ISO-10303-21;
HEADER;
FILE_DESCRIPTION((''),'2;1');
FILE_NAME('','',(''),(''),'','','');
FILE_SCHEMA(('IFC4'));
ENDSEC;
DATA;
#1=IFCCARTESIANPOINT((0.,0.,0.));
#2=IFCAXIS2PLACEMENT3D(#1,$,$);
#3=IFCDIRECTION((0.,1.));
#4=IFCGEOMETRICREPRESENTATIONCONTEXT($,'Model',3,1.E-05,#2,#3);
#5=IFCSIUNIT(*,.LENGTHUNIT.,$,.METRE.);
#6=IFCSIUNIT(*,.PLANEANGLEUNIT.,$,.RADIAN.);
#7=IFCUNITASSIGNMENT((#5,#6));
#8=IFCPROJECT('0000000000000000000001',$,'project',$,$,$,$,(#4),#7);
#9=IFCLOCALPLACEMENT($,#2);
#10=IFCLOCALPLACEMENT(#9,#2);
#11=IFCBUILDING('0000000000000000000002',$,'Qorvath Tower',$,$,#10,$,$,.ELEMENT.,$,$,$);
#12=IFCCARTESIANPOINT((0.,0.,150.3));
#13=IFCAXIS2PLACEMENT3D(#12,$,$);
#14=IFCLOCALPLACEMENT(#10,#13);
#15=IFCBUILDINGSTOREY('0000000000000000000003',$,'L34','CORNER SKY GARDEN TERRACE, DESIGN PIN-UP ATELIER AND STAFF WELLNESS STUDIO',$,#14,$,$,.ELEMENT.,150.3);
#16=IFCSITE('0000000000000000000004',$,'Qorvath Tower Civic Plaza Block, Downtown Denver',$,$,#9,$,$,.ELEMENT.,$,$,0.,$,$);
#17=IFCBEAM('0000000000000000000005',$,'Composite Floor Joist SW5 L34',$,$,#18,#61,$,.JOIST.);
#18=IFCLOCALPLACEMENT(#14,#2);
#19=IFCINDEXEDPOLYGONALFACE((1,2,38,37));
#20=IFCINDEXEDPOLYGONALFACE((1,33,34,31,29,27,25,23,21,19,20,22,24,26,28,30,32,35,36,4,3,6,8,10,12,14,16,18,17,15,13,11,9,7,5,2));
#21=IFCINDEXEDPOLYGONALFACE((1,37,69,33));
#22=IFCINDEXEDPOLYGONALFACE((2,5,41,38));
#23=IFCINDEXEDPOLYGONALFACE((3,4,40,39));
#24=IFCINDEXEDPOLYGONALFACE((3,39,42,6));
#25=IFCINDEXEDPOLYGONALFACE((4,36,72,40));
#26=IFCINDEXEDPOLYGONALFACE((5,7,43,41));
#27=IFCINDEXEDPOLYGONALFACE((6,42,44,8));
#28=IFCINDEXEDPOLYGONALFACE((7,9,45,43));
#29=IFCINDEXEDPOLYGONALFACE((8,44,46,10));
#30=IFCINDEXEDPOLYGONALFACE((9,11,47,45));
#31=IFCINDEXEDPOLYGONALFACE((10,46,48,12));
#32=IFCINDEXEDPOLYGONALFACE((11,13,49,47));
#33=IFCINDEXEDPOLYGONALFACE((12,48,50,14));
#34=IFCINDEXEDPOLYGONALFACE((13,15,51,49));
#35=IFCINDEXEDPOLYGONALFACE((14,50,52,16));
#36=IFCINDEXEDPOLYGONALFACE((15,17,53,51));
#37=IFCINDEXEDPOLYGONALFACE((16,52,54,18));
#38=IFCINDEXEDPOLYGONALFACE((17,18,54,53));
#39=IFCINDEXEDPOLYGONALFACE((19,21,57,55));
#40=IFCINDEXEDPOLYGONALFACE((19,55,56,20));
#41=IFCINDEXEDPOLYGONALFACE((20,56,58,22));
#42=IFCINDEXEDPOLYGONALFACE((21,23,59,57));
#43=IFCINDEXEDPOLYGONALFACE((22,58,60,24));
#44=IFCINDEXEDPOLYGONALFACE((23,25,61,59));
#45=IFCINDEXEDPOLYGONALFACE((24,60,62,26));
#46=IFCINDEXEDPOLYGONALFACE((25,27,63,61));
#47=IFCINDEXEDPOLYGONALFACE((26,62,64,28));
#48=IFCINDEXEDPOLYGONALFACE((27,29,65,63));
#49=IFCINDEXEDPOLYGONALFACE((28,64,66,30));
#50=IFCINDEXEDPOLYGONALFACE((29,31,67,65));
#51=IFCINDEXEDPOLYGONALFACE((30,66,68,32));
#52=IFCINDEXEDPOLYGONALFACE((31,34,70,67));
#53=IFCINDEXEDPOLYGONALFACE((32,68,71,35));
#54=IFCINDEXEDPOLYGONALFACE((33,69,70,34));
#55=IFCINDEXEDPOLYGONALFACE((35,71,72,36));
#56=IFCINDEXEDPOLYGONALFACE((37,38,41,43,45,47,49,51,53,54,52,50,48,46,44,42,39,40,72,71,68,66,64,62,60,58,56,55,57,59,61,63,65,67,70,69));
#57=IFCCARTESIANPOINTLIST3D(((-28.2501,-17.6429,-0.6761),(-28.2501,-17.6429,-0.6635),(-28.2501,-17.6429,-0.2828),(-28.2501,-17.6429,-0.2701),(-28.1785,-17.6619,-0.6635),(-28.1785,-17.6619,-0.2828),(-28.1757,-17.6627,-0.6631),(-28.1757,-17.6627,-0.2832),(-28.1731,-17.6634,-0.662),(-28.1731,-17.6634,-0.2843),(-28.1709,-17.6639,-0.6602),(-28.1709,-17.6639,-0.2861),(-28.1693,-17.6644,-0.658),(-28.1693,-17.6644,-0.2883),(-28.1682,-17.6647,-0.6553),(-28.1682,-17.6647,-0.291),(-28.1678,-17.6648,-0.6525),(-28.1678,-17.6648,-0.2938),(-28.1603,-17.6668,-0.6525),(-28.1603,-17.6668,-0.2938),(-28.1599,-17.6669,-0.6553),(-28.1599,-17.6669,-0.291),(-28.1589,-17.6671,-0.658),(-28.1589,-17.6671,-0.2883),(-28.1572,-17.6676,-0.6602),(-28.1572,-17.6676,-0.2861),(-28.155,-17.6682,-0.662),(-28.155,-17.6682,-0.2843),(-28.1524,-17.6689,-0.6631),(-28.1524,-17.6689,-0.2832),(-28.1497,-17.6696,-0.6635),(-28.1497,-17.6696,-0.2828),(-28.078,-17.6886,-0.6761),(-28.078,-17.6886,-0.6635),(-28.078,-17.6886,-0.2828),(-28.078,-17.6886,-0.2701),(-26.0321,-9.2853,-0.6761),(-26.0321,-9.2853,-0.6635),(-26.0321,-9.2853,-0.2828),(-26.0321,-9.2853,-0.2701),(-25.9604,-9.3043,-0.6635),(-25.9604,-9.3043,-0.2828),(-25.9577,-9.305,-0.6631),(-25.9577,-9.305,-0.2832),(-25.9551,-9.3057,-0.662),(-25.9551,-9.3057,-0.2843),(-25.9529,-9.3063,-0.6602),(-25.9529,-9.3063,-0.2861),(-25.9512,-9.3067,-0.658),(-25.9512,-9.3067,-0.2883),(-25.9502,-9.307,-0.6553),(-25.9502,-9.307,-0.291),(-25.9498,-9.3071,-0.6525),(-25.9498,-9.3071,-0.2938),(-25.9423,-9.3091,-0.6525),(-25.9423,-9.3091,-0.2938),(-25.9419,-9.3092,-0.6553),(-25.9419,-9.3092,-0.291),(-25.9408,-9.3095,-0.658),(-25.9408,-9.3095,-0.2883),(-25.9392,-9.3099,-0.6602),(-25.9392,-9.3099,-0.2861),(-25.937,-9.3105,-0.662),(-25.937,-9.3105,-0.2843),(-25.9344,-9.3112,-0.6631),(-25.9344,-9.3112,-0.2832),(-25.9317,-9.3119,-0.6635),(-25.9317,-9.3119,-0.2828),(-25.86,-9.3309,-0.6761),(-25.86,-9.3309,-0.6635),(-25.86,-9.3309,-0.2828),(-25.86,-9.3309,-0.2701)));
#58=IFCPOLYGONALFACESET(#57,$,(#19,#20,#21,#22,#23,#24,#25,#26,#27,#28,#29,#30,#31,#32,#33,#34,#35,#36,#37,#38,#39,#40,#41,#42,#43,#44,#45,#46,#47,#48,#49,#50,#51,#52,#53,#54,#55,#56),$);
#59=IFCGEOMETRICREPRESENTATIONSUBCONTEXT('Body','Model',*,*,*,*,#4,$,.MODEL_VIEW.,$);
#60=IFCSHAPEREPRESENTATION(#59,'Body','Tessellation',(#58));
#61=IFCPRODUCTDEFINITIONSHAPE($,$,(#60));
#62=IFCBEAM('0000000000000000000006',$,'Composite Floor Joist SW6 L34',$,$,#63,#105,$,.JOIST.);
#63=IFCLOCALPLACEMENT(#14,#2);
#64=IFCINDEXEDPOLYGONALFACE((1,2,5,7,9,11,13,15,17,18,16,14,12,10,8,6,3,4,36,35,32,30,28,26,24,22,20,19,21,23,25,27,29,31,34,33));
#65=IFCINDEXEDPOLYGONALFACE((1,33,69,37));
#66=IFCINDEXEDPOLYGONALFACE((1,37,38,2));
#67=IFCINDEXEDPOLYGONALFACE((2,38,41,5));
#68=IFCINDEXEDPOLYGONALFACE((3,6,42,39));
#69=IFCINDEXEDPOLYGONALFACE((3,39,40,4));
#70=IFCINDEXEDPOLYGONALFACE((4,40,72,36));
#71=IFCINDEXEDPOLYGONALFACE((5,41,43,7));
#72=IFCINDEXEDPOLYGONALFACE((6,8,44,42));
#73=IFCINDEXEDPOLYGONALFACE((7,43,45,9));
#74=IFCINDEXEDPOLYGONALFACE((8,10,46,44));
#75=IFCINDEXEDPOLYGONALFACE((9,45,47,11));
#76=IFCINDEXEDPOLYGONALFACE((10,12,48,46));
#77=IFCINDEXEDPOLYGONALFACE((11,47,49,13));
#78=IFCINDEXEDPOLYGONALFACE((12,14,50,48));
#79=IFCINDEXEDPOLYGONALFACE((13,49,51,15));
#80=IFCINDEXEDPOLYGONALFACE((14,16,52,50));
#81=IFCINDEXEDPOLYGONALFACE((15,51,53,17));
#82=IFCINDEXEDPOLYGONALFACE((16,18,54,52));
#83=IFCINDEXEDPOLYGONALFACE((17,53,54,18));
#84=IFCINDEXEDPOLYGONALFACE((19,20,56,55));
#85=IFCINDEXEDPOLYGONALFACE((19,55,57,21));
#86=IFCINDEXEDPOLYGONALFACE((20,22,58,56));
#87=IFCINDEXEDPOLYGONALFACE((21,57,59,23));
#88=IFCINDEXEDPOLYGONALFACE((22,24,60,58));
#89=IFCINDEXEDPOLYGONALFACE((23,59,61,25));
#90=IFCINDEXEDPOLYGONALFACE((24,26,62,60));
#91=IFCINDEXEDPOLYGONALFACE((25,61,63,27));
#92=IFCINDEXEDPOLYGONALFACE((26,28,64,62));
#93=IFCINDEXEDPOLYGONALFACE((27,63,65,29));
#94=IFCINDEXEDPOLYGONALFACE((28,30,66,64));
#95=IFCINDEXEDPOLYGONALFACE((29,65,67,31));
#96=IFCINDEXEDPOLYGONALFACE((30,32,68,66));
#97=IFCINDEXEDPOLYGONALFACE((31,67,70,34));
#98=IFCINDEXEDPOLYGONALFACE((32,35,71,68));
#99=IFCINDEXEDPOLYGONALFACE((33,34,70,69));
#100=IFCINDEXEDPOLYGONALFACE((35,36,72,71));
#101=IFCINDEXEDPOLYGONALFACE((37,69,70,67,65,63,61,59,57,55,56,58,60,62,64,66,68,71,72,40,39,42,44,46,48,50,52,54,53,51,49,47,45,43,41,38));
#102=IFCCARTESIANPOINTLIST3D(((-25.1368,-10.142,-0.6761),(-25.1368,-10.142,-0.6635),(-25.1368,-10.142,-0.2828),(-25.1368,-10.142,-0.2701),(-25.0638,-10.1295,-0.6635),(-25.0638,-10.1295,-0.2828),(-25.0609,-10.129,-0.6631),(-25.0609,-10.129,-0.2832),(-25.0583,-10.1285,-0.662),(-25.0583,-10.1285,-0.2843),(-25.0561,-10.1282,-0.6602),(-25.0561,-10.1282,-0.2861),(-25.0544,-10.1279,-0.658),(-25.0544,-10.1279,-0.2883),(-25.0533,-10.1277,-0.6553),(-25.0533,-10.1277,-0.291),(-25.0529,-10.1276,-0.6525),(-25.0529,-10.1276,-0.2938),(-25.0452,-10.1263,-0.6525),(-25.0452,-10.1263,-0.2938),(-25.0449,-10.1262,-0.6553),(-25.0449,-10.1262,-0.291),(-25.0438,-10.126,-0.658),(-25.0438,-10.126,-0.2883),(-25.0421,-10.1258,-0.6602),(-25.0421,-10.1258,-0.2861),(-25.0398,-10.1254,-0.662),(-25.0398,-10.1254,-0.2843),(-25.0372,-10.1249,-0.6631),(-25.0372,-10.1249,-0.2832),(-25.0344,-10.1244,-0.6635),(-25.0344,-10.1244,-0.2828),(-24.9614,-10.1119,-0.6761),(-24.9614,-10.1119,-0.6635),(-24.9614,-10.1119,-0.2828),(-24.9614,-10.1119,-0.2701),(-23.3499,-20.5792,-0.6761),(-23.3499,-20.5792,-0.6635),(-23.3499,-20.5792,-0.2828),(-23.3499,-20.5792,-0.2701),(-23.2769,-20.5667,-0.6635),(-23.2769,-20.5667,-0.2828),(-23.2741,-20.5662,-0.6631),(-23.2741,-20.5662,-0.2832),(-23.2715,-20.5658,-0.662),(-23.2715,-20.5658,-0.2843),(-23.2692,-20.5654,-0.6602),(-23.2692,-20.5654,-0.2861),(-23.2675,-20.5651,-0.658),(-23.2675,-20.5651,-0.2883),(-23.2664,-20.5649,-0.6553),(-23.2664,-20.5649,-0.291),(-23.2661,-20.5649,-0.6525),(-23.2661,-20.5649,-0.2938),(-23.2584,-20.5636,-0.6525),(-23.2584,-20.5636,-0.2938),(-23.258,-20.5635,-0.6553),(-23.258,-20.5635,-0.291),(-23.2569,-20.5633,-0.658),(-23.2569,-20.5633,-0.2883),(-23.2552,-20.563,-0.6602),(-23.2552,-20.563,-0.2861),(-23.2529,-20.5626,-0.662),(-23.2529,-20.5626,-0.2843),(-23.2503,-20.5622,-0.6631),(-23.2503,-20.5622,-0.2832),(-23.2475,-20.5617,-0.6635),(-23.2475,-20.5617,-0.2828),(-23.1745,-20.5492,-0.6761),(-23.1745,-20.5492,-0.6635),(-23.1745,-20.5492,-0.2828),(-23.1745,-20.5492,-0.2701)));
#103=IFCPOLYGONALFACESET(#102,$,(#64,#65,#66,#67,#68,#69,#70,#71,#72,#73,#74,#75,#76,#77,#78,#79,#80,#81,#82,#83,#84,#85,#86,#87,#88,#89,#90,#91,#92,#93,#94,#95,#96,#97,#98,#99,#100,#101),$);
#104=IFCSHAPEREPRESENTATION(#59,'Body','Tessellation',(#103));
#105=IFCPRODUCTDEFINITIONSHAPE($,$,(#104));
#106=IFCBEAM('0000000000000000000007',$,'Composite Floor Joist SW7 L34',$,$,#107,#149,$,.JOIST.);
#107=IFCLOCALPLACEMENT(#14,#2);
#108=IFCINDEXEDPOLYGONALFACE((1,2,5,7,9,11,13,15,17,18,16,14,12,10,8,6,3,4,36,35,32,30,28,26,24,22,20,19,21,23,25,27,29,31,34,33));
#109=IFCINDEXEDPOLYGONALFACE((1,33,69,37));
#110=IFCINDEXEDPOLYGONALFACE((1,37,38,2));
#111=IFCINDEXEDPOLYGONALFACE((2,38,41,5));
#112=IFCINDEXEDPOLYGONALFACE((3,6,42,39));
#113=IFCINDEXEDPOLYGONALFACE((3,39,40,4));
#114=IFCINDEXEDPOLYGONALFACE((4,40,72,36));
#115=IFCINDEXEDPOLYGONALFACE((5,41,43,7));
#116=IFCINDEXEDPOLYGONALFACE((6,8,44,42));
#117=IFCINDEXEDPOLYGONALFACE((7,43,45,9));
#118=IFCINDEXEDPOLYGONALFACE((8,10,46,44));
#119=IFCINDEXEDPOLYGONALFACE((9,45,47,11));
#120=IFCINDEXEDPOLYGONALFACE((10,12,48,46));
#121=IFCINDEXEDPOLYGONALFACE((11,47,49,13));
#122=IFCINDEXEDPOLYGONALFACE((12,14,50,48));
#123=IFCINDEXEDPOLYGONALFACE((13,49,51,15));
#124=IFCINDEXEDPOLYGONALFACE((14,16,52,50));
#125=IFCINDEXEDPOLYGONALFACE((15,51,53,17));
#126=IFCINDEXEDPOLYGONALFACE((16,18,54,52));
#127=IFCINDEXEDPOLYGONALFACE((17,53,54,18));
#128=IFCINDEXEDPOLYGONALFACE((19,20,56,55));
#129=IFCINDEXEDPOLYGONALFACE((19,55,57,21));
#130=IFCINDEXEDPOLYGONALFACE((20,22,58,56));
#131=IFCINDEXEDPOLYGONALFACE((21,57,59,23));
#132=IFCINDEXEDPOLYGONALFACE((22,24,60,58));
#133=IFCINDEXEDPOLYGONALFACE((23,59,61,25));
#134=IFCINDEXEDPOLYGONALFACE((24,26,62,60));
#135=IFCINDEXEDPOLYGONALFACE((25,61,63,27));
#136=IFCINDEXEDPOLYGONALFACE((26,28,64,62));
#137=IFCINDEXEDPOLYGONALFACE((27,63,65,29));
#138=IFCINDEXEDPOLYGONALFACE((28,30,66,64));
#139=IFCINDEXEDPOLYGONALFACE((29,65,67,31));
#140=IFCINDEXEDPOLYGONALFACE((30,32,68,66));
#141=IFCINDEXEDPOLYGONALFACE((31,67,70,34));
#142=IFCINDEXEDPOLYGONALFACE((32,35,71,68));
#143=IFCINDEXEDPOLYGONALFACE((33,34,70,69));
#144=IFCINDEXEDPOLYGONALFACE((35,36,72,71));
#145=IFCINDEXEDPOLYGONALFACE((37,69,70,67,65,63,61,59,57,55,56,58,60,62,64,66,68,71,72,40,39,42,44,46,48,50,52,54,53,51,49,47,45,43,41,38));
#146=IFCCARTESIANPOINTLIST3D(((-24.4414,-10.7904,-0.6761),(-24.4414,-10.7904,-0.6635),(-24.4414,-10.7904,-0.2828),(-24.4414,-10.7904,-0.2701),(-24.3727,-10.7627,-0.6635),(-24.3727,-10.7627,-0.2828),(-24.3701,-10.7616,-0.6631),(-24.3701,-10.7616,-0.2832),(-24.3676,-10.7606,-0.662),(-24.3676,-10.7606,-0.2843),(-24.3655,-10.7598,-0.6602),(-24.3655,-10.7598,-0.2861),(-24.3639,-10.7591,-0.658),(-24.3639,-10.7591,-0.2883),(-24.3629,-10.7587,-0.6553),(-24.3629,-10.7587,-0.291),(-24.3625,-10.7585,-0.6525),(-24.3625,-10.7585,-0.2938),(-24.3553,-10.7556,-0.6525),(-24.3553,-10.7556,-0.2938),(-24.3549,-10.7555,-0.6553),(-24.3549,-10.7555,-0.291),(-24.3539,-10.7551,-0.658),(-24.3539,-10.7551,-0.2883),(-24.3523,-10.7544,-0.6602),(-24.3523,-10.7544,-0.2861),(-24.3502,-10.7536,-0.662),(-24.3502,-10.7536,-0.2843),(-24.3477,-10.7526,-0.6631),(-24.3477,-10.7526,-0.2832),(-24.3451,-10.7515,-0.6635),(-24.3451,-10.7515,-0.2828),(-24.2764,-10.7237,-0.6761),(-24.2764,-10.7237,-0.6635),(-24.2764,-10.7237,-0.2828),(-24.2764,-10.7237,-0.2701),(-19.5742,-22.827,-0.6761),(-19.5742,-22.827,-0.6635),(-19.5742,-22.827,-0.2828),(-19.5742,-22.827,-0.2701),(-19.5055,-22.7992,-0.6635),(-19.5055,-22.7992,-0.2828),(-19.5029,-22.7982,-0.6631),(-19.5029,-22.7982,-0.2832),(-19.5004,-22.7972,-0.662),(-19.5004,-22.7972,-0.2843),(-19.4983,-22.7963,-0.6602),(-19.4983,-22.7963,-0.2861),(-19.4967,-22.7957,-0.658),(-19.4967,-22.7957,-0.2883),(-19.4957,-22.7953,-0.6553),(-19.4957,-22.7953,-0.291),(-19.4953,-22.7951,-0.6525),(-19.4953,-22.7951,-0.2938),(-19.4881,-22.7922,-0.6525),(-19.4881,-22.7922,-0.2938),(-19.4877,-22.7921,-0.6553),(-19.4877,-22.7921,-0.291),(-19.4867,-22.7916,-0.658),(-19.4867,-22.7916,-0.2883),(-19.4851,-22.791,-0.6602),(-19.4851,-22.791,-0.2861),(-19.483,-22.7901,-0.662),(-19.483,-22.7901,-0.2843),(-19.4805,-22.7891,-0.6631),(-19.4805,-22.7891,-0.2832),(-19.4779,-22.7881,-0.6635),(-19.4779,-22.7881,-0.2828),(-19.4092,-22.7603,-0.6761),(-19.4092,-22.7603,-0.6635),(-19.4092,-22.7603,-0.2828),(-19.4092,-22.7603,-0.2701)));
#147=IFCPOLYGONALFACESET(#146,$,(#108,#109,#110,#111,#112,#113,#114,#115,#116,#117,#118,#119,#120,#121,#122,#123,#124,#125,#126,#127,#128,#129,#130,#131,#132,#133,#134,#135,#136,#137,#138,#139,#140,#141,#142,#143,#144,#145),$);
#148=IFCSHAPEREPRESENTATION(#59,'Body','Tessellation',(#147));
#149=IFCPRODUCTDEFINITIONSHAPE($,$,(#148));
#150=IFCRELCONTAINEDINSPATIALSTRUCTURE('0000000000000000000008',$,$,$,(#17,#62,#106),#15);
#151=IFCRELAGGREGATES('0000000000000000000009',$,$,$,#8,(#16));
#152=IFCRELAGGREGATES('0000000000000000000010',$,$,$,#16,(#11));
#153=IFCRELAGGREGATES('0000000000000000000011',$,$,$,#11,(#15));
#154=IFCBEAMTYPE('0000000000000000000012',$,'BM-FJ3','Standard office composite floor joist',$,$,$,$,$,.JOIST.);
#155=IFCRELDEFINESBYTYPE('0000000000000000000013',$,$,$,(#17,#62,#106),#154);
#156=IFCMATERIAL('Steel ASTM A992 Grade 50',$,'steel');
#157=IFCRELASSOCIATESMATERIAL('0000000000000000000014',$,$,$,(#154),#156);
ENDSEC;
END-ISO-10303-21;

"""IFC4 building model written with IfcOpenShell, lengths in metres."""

from ifc_helpers import new_model, si_unit, direction, frame, origin, origin_2d, place, context, subcontext, project, spatial, i_section, extrude, material, material_profile, profile_set, type_object, element, save


model = new_model("IFC4")

# Units and contexts
model_context = context("Model", 3, precision=1e-05, world=origin(), true_north=direction((0.0, 1.0)))
body_context = subcontext(model_context, "Body", "Model", "MODEL_VIEW")
ifc_project = project(units=[si_unit("LENGTHUNIT", "METRE"), si_unit("PLANEANGLEUNIT", "RADIAN")], contexts=[model_context])

# Site, building, storey
site_placement = place(None, origin())
site = spatial("IfcSite", under=ifc_project, at=site_placement, Name="Qorvath Tower Civic Plaza Block, Downtown Denver", CompositionType="ELEMENT", RefElevation=0.0)
building_placement = place(site_placement, origin())
building = spatial("IfcBuilding", under=site, at=building_placement, Name="Qorvath Tower", CompositionType="ELEMENT")
storey_placement = place(building_placement, frame((0.0, 0.0, 150.3)))
storey = spatial("IfcBuildingStorey", under=building, at=storey_placement, Name="L34", Description="CORNER SKY GARDEN TERRACE, DESIGN PIN-UP ATELIER AND STAFF WELLNESS STUDIO", CompositionType="ELEMENT", Elevation=150.3)

# Beams
ifc_material_1 = material(Name="Steel ASTM A992 Grade 50", Category="steel")
ifc_material_profile_1 = material_profile(ifc_material_1, i_section(OverallWidth=0.178, OverallDepth=0.406, WebThickness=0.0078, FlangeThickness=0.0127, FilletRadius=0.011, at=origin_2d()), Name="W16x40")
ifc_profile_set_1 = profile_set([ifc_material_profile_1], Name="Steel ASTM A992 Grade 50")
beam_type_1 = type_object("IfcBeamType", Name="BM-FJ3", Description="Standard office composite floor joist", PredefinedType="JOIST", material=ifc_profile_set_1)
beam_1_placement = place(storey_placement, frame((-25.946, -9.3081, -0.4731), z_axis=(-0.256508, -0.966542, 0.0), x_axis=(0.966542, -0.256508, 0.0)))
element("IfcBeam", 1, at=beam_1_placement, inside=storey, type_object=beam_type_1, Name="Composite Floor Joist SW5 L34", PredefinedType="JOIST", context=body_context, shape_type="SweptSolid", body=[
    extrude(i_section(OverallWidth=0.178, OverallDepth=0.406, WebThickness=0.0078, FlangeThickness=0.0127, FilletRadius=0.011, at=origin_2d()), origin(), (0.0, 0.0, 1.0), 8.647),
])
beam_2_placement = place(storey_placement, frame((-25.0491, -10.127, -0.4731), z_axis=(0.168746, -0.98566, 0.0), x_axis=(0.98566, 0.168746, 0.0)))
element("IfcBeam", 2, at=beam_2_placement, inside=storey, type_object=beam_type_1, Name="Composite Floor Joist SW6 L34", PredefinedType="JOIST", context=body_context, shape_type="SweptSolid", body=[
    extrude(i_section(OverallWidth=0.178, OverallDepth=0.406, WebThickness=0.0078, FlangeThickness=0.0127, FilletRadius=0.011, at=origin_2d()), origin(), (0.0, 0.0, 1.0), 10.5891),
])
beam_3_placement = place(storey_placement, frame((-24.3589, -10.7571, -0.4731), z_axis=(0.374877, -0.927075, 0.0), x_axis=(0.927075, 0.374877, 0.0)))
element("IfcBeam", 3, at=beam_3_placement, inside=storey, type_object=beam_type_1, Name="Composite Floor Joist SW7 L34", PredefinedType="JOIST", context=body_context, shape_type="SweptSolid", body=[
    extrude(i_section(OverallWidth=0.178, OverallDepth=0.406, WebThickness=0.0078, FlangeThickness=0.0127, FilletRadius=0.011, at=origin_2d()), origin(), (0.0, 0.0, 1.0), 12.9834),
])

save(model, "model.ifc")
